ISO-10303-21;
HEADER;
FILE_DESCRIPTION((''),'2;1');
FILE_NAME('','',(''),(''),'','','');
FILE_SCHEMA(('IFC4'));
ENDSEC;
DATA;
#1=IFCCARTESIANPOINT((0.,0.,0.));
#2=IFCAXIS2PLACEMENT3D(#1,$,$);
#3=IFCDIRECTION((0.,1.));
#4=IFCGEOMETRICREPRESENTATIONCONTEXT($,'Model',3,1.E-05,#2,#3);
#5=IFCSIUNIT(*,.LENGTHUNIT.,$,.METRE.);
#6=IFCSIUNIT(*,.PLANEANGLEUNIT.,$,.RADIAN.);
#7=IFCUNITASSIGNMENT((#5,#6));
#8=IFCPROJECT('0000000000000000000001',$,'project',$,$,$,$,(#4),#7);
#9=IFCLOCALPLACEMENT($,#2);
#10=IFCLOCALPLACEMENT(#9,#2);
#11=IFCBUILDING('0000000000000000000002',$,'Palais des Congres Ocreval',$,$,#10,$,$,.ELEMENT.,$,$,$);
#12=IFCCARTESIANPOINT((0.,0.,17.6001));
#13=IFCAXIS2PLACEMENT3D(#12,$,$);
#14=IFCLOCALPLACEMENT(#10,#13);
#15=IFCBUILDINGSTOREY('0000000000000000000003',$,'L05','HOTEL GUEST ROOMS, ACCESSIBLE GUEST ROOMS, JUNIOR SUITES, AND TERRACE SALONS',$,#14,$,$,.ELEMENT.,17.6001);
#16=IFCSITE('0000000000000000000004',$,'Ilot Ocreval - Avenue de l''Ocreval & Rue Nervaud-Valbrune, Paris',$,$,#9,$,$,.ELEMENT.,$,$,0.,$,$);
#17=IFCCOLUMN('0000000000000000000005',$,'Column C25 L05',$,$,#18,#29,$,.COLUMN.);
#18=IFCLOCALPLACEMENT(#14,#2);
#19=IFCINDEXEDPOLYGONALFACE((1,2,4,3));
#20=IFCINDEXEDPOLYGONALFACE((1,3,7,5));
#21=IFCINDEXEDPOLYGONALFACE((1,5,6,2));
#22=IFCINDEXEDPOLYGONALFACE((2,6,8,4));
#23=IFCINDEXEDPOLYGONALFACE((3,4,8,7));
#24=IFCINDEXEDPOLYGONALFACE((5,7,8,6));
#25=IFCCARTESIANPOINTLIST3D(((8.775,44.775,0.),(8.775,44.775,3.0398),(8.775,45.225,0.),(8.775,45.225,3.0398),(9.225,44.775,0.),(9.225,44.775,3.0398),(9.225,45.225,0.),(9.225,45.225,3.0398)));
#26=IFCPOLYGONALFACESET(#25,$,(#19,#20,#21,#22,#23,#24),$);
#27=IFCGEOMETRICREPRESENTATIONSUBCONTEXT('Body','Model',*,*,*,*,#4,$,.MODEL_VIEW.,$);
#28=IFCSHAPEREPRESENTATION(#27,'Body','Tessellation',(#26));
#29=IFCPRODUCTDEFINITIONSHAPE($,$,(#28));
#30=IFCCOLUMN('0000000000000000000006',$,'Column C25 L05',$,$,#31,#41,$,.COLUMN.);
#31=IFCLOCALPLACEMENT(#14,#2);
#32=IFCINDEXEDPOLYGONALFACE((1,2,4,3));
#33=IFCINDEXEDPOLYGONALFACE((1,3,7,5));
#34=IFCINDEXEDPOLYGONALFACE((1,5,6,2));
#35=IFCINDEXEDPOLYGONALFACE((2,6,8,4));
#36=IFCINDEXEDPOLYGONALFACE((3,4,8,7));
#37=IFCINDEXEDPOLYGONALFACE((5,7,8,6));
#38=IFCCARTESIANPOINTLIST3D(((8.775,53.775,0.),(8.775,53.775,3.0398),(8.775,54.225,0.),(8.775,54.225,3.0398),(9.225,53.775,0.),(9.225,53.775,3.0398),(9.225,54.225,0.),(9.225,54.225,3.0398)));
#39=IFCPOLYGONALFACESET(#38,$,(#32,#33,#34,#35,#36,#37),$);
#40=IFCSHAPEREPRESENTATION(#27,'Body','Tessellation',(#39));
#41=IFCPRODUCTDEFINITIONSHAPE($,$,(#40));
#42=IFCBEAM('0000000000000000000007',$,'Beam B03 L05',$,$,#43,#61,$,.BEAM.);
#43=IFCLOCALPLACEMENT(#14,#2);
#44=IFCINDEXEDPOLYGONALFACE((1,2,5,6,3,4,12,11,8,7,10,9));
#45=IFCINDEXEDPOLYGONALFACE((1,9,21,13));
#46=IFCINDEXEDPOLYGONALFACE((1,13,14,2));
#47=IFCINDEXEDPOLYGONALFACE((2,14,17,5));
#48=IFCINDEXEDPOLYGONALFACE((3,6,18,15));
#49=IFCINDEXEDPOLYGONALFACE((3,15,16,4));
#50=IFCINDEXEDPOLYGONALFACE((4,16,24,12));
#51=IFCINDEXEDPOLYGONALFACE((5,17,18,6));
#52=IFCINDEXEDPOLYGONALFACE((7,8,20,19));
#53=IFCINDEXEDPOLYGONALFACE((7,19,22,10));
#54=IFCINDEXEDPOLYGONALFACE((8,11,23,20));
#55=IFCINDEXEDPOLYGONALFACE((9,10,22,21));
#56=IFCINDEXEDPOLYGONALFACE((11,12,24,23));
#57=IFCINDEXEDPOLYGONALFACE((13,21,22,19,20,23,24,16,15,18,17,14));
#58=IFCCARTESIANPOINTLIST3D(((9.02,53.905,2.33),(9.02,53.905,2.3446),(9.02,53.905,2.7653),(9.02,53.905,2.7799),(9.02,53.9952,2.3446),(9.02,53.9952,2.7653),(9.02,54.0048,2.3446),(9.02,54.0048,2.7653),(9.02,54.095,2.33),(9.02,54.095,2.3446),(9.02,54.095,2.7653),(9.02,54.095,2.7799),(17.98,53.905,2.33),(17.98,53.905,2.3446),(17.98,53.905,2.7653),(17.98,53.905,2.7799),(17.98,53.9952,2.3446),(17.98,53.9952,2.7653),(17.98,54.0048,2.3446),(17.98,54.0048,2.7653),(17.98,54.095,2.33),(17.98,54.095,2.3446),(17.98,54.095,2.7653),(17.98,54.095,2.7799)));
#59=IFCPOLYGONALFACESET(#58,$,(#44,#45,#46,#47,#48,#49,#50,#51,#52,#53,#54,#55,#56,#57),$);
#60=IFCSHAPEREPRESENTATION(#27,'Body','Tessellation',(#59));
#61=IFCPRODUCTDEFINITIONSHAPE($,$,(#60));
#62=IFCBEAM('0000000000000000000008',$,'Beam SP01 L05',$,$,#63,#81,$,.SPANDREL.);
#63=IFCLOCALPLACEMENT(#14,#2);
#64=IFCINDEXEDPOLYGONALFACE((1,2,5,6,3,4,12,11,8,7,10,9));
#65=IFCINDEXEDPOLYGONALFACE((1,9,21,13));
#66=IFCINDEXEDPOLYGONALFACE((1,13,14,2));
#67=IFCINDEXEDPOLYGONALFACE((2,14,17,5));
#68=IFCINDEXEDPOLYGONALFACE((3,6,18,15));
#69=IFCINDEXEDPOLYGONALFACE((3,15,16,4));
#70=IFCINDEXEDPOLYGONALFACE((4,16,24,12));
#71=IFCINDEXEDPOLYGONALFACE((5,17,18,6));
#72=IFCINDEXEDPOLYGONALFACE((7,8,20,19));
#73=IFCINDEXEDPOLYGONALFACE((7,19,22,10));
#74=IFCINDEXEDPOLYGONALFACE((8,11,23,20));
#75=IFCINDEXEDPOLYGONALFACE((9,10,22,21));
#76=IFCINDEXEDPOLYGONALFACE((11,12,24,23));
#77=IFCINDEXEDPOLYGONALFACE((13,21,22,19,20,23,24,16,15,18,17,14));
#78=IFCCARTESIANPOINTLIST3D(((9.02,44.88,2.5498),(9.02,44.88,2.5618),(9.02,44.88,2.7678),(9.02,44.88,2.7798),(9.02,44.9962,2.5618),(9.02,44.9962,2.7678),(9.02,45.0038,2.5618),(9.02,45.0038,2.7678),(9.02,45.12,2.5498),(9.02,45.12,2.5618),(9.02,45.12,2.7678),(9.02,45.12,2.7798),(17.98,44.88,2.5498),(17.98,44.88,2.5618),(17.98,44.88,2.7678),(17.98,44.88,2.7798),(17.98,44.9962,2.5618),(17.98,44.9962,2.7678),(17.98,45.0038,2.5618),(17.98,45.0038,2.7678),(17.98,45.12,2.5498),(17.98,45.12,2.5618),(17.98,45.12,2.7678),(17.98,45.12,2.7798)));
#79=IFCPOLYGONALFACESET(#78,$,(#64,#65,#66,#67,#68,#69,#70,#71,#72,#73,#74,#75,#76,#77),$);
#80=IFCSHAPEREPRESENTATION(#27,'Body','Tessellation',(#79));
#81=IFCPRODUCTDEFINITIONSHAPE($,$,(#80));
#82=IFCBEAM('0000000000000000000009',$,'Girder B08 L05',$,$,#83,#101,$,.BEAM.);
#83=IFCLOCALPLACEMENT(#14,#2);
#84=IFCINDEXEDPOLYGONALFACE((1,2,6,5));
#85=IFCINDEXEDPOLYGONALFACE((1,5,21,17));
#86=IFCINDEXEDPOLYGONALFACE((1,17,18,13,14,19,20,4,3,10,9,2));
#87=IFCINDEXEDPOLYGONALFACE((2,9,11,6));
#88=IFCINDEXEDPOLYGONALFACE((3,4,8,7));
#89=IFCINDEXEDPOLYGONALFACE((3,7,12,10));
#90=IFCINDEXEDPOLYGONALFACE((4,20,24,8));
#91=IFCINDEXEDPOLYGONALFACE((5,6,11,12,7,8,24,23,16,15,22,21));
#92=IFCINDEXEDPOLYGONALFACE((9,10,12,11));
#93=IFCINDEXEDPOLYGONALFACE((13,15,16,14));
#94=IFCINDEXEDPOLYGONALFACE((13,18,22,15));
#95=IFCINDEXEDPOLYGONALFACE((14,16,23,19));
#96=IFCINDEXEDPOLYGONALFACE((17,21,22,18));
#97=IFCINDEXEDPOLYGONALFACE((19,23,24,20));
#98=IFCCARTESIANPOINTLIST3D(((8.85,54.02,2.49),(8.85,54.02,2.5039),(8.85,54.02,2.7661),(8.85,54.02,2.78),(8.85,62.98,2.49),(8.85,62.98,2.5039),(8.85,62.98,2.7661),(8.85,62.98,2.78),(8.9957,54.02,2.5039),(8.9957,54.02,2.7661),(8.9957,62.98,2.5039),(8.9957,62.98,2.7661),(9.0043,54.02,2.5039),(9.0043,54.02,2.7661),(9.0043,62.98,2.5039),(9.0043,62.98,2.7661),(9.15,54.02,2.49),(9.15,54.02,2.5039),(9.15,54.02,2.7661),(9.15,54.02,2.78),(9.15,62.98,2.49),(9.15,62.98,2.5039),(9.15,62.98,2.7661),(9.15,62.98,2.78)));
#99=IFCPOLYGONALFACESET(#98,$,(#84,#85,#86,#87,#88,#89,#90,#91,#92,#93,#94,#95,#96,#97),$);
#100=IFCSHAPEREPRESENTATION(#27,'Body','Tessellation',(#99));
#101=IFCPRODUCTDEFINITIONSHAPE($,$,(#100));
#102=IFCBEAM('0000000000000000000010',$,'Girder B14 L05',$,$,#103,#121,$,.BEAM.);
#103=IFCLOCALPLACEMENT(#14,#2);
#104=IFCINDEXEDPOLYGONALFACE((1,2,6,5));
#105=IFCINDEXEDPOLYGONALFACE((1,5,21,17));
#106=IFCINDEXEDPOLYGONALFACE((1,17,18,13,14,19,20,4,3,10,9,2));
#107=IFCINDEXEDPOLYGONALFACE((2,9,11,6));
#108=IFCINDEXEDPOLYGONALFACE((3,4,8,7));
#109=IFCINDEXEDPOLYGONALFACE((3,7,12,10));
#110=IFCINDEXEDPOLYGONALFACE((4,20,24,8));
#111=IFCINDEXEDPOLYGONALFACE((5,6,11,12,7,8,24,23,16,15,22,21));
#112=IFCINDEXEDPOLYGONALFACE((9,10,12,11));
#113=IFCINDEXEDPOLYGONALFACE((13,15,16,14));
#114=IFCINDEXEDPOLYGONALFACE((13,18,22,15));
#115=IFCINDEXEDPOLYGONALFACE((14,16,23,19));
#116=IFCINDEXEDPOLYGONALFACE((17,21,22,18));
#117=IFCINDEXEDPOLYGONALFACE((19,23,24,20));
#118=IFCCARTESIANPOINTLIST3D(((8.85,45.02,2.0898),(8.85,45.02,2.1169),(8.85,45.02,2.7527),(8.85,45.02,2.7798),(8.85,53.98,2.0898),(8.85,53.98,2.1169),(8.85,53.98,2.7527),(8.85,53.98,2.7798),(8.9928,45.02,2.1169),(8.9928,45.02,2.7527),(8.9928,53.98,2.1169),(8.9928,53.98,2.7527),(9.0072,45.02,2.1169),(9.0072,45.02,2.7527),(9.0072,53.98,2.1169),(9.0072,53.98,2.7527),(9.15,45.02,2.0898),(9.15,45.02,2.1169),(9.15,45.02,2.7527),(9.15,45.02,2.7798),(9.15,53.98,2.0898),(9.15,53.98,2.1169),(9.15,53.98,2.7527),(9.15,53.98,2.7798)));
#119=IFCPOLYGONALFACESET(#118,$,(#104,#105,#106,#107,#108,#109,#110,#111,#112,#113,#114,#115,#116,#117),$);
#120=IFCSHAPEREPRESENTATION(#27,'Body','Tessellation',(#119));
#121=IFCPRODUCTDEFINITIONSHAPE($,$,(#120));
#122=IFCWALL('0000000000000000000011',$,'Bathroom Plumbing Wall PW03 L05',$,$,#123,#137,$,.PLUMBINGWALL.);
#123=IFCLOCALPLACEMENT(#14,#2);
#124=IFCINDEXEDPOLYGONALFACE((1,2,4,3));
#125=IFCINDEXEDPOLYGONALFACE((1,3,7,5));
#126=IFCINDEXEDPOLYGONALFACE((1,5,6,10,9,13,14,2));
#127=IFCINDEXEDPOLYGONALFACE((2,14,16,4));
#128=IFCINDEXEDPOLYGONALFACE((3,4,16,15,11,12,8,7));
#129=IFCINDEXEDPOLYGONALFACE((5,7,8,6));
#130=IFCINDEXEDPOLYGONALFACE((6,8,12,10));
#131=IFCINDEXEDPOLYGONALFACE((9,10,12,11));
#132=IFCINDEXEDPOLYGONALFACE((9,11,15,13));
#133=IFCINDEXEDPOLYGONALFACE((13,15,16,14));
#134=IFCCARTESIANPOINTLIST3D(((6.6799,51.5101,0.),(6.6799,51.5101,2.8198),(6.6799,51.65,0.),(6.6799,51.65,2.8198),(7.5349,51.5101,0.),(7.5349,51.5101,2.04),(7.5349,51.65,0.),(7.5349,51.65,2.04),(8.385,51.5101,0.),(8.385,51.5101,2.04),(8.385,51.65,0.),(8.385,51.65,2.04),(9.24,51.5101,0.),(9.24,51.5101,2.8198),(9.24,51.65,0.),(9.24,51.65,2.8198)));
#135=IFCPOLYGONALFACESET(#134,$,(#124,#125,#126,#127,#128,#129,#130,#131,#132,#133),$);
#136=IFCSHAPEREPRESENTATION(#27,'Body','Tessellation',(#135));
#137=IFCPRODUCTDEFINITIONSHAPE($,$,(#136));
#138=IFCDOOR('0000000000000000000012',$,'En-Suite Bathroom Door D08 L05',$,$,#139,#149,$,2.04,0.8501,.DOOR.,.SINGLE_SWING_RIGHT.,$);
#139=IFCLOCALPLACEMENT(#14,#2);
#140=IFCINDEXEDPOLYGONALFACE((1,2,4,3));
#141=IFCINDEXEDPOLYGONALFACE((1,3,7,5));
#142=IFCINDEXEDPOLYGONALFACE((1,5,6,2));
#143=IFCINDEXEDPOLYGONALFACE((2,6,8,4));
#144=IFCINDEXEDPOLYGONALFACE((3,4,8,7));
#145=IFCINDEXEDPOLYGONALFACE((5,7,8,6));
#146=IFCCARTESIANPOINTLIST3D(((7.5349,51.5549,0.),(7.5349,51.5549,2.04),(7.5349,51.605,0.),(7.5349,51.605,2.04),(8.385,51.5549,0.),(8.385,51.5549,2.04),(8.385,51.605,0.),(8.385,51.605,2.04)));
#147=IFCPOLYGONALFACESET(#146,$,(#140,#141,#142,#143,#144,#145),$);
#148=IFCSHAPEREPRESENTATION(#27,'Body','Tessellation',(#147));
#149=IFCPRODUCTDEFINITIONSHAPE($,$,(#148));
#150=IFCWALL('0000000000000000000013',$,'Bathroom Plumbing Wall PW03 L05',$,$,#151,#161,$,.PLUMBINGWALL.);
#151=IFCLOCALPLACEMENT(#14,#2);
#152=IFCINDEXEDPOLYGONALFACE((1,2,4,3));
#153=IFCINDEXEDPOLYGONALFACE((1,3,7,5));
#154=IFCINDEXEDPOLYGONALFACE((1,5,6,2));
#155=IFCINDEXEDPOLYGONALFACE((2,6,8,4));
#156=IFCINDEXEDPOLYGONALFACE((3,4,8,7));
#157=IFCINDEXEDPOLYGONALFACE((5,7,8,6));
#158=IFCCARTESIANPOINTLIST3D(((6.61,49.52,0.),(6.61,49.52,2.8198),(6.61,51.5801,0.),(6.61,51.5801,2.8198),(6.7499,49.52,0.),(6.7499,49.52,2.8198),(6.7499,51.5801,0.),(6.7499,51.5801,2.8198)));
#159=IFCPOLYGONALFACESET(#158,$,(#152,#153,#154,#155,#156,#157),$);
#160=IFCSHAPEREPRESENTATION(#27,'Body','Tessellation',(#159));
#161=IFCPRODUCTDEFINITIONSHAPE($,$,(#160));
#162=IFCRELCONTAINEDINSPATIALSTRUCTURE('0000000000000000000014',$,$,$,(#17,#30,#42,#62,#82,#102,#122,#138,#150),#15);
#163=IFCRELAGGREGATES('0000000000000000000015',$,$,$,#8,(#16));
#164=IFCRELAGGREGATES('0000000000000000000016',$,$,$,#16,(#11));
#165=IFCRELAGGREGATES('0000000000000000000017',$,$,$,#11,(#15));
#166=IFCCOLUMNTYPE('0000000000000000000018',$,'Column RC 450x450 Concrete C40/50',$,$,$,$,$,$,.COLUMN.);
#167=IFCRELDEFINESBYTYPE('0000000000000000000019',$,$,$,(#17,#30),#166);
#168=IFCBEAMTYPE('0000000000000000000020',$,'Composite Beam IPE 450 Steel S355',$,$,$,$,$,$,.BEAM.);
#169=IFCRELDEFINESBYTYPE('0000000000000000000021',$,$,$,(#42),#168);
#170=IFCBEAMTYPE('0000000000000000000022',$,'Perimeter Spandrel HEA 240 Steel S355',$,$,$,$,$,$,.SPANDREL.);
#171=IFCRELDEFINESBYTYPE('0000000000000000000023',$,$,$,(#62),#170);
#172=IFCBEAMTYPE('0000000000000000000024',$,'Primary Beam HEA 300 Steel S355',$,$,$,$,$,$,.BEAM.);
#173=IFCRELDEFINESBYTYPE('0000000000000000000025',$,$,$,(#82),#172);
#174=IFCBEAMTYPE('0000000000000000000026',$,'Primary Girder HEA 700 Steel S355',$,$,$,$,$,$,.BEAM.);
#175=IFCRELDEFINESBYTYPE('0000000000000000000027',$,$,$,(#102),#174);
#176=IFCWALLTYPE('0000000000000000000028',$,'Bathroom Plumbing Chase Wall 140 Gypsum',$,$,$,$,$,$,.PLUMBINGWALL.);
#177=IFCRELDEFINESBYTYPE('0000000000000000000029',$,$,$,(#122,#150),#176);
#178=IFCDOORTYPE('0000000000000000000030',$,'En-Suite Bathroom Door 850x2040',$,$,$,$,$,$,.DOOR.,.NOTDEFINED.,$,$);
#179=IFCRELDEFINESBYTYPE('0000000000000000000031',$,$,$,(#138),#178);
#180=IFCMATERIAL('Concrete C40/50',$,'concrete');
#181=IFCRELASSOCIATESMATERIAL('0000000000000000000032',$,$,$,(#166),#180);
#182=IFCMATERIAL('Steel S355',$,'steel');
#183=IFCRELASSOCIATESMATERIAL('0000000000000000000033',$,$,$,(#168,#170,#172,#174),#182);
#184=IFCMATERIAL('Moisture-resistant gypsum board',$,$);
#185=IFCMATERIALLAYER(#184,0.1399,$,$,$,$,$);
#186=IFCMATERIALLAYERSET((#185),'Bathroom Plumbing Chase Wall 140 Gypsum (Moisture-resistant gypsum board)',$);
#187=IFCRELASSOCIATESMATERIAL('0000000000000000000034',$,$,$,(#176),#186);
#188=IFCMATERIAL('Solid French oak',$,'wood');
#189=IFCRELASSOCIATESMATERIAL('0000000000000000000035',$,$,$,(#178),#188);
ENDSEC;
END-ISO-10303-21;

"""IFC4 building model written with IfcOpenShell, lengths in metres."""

from ifc_helpers import new_model, si_unit, direction, frame, frame_2d, origin, origin_2d, place, context, subcontext, project, spatial, rectangle, i_section, extrude, material, layer, layer_set, material_profile, profile_set, type_object, element, fill, save


model = new_model("IFC4")

# Units and contexts
model_context = context("Model", 3, precision=1e-05, world=origin(), true_north=direction((0.0, 1.0)))
body_context = subcontext(model_context, "Body", "Model", "MODEL_VIEW")
ifc_project = project(units=[si_unit("LENGTHUNIT", "METRE"), si_unit("PLANEANGLEUNIT", "RADIAN")], contexts=[model_context])

# Site, building, storey
site_placement = place(None, origin())
site = spatial("IfcSite", under=ifc_project, at=site_placement, Name="Ilot Ocreval - Avenue de l'Ocreval & Rue Nervaud-Valbrune, Paris", CompositionType="ELEMENT", RefElevation=0.0)
building_placement = place(site_placement, origin())
building = spatial("IfcBuilding", under=site, at=building_placement, Name="Palais des Congres Ocreval", CompositionType="ELEMENT")
storey_placement = place(building_placement, frame((0.0, 0.0, 17.6001)))
storey = spatial("IfcBuildingStorey", under=building, at=storey_placement, Name="L05", Description="HOTEL GUEST ROOMS, ACCESSIBLE GUEST ROOMS, JUNIOR SUITES, AND TERRACE SALONS", CompositionType="ELEMENT", Elevation=17.6001)

# Columns
ifc_material_1 = material(Name="Concrete C40/50", Category="concrete")
ifc_material_profile_1 = material_profile(ifc_material_1, rectangle(XDim=0.45, YDim=0.45, at=origin_2d()), Name="RC 450x450")
ifc_profile_set_1 = profile_set([ifc_material_profile_1], Name="Concrete C40/50")
column_type = type_object("IfcColumnType", Name="Column RC 450x450 Concrete C40/50", PredefinedType="COLUMN", material=ifc_profile_set_1)
for number, where, z_axis, x_axis, name in (
    (1, (9.0, 45.0, 0.0), (0.0, 0.0, 1.0), (1.0, 0.0, 0.0), "Column C25 L05"),
    (2, (9.0, 54.0, 0.0), (0.0, 0.0, 1.0), (1.0, 0.0, 0.0), "Column C25 L05"),
):
    element("IfcColumn", number, at=place(storey_placement, frame(where, z_axis=z_axis, x_axis=x_axis)), inside=storey, type_object=column_type, Name=name, PredefinedType="COLUMN", context=body_context, shape_type="SweptSolid", body=[
        extrude(rectangle(XDim=0.45, YDim=0.45, at=origin_2d()), origin(), (0.0, 0.0, 1.0), 3.0398),
    ])

# Beams
ifc_material_2 = material(Name="Steel S355", Category="steel")
ifc_material_profile_2 = material_profile(ifc_material_2, i_section(OverallWidth=0.1899, OverallDepth=0.45, WebThickness=0.0095, FlangeThickness=0.0146, at=origin_2d()), Name="IPE 450")
ifc_profile_set_2 = profile_set([ifc_material_profile_2], Name="Steel S355")
beam_type_1 = type_object("IfcBeamType", Name="Composite Beam IPE 450 Steel S355", PredefinedType="BEAM", material=ifc_profile_set_2)
beam_1_placement = place(storey_placement, frame((9.02, 54.0, 2.5549), z_axis=(1.0, 0.0, 0.0), x_axis=(0.0, 1.0, 0.0)))
element("IfcBeam", 3, at=beam_1_placement, inside=storey, type_object=beam_type_1, Name="Beam B03 L05", PredefinedType="BEAM", context=body_context, shape_type="SweptSolid", body=[
    extrude(i_section(OverallWidth=0.1899, OverallDepth=0.45, WebThickness=0.0095, FlangeThickness=0.0146, at=origin_2d()), origin(), (0.0, 0.0, 1.0), 8.96),
])
ifc_material_profile_3 = material_profile(ifc_material_2, i_section(OverallWidth=0.24, OverallDepth=0.23, WebThickness=0.0076, FlangeThickness=0.012, at=origin_2d()), Name="HEA 240")
ifc_profile_set_3 = profile_set([ifc_material_profile_3], Name="Steel S355")
beam_type_2 = type_object("IfcBeamType", Name="Perimeter Spandrel HEA 240 Steel S355", PredefinedType="SPANDREL", material=ifc_profile_set_3)
beam_2_placement = place(storey_placement, frame((9.02, 45.0, 2.6648), z_axis=(1.0, 0.0, 0.0), x_axis=(0.0, 1.0, 0.0)))
element("IfcBeam", 4, at=beam_2_placement, inside=storey, type_object=beam_type_2, Name="Beam SP01 L05", PredefinedType="SPANDREL", context=body_context, shape_type="SweptSolid", body=[
    extrude(i_section(OverallWidth=0.24, OverallDepth=0.23, WebThickness=0.0076, FlangeThickness=0.012, at=origin_2d()), origin(), (0.0, 0.0, 1.0), 8.96),
])
ifc_material_profile_4 = material_profile(ifc_material_2, i_section(OverallWidth=0.3, OverallDepth=0.29, WebThickness=0.0085, FlangeThickness=0.0139, at=origin_2d()), Name="HEA 300")
ifc_profile_set_4 = profile_set([ifc_material_profile_4], Name="Steel S355")
beam_type_3 = type_object("IfcBeamType", Name="Primary Beam HEA 300 Steel S355", PredefinedType="BEAM", material=ifc_profile_set_4)
beam_3_placement = place(storey_placement, frame((9.0, 54.02, 2.635), z_axis=(0.0, 1.0, 0.0), x_axis=(-1.0, 0.0, 0.0)))
element("IfcBeam", 5, at=beam_3_placement, inside=storey, type_object=beam_type_3, Name="Girder B08 L05", PredefinedType="BEAM", context=body_context, shape_type="SweptSolid", body=[
    extrude(i_section(OverallWidth=0.3, OverallDepth=0.29, WebThickness=0.0085, FlangeThickness=0.0139, at=origin_2d()), origin(), (0.0, 0.0, 1.0), 8.96),
])
ifc_material_profile_5 = material_profile(ifc_material_2, i_section(OverallWidth=0.3, OverallDepth=0.6899, WebThickness=0.0144, FlangeThickness=0.0271, at=origin_2d()), Name="HEA 700")
ifc_profile_set_5 = profile_set([ifc_material_profile_5], Name="Steel S355")
beam_type_4 = type_object("IfcBeamType", Name="Primary Girder HEA 700 Steel S355", PredefinedType="BEAM", material=ifc_profile_set_5)
beam_4_placement = place(storey_placement, frame((9.0, 45.02, 2.4348), z_axis=(0.0, 1.0, 0.0), x_axis=(-1.0, 0.0, 0.0)))
element("IfcBeam", 6, at=beam_4_placement, inside=storey, type_object=beam_type_4, Name="Girder B14 L05", PredefinedType="BEAM", context=body_context, shape_type="SweptSolid", body=[
    extrude(i_section(OverallWidth=0.3, OverallDepth=0.6899, WebThickness=0.0144, FlangeThickness=0.0271, at=origin_2d()), origin(), (0.0, 0.0, 1.0), 8.96),
])

# Wall, opening, door
ifc_material_3 = material(Name="Moisture-resistant gypsum board")
ifc_layer_1 = layer(ifc_material_3, 0.1399)
ifc_layer_set_1 = layer_set([ifc_layer_1], Name="Bathroom Plumbing Chase Wall 140 Gypsum (Moisture-resistant gypsum board)")
wall_type_1 = type_object("IfcWallType", Name="Bathroom Plumbing Chase Wall 140 Gypsum", PredefinedType="PLUMBINGWALL", material=ifc_layer_set_1)
wall_1_placement = place(storey_placement, frame((6.6799, 51.5801, 0.0), z_axis=(0.0, 0.0, 1.0), x_axis=(1.0, 0.0, 0.0)))
wall_1 = element("IfcWall", 7, at=wall_1_placement, inside=storey, type_object=wall_type_1, Name="Bathroom Plumbing Wall PW03 L05", PredefinedType="PLUMBINGWALL", context=body_context, shape_type="SweptSolid", body=[
    extrude(rectangle(XDim=2.5601, YDim=0.1399, at=frame_2d((1.28, 0.0))), origin(), (0.0, 0.0, 1.0), 2.8198),
])
opening_1_placement = place(wall_1_placement, frame((0.855, 0.0, 0.0)))
opening_1 = element("IfcOpeningElement", 8, at=opening_1_placement, cuts=wall_1, PredefinedType="OPENING", context=body_context, shape_type="SweptSolid", body=[
    extrude(rectangle(XDim=0.8501, YDim=2.04, at=frame_2d((0.425, 1.02))), frame((0.0, 0.0798, 0.0), z_axis=(0.0, -1.0, 0.0), x_axis=(1.0, 0.0, 0.0)), (0.0, 0.0, 1.0), 0.1599),
])
ifc_material_4 = material(Name="Solid French oak", Category="wood")
door_type_1 = type_object("IfcDoorType", Name="En-Suite Bathroom Door 850x2040", OperationType="NOTDEFINED", PredefinedType="DOOR", material=ifc_material_4)
door_1_placement = place(opening_1_placement, origin())
door_1 = element("IfcDoor", 9, at=door_1_placement, inside=storey, type_object=door_type_1, Name="En-Suite Bathroom Door D08 L05", OperationType="SINGLE_SWING_RIGHT", OverallHeight=2.04, OverallWidth=0.8501, PredefinedType="DOOR", context=body_context, shape_type="SweptSolid", body=[
    extrude(rectangle(XDim=0.8501, YDim=2.04, at=frame_2d((0.425, 1.02))), frame((0.0, 0.0249, 0.0), z_axis=(0.0, -1.0, 0.0), x_axis=(1.0, 0.0, 0.0)), (0.0, 0.0, 1.0), 0.05),
])
fill(opening_1, door_1)

# Wall
wall_2_placement = place(storey_placement, frame((6.6799, 49.52, 0.0), z_axis=(0.0, 0.0, 1.0), x_axis=(0.0, 1.0, 0.0)))
element("IfcWall", 10, at=wall_2_placement, inside=storey, type_object=wall_type_1, Name="Bathroom Plumbing Wall PW03 L05", PredefinedType="PLUMBINGWALL", context=body_context, shape_type="SweptSolid", body=[
    extrude(rectangle(XDim=2.0601, YDim=0.1399, at=frame_2d((1.03, 0.0))), origin(), (0.0, 0.0, 1.0), 2.8198),
])

save(model, "model.ifc")
